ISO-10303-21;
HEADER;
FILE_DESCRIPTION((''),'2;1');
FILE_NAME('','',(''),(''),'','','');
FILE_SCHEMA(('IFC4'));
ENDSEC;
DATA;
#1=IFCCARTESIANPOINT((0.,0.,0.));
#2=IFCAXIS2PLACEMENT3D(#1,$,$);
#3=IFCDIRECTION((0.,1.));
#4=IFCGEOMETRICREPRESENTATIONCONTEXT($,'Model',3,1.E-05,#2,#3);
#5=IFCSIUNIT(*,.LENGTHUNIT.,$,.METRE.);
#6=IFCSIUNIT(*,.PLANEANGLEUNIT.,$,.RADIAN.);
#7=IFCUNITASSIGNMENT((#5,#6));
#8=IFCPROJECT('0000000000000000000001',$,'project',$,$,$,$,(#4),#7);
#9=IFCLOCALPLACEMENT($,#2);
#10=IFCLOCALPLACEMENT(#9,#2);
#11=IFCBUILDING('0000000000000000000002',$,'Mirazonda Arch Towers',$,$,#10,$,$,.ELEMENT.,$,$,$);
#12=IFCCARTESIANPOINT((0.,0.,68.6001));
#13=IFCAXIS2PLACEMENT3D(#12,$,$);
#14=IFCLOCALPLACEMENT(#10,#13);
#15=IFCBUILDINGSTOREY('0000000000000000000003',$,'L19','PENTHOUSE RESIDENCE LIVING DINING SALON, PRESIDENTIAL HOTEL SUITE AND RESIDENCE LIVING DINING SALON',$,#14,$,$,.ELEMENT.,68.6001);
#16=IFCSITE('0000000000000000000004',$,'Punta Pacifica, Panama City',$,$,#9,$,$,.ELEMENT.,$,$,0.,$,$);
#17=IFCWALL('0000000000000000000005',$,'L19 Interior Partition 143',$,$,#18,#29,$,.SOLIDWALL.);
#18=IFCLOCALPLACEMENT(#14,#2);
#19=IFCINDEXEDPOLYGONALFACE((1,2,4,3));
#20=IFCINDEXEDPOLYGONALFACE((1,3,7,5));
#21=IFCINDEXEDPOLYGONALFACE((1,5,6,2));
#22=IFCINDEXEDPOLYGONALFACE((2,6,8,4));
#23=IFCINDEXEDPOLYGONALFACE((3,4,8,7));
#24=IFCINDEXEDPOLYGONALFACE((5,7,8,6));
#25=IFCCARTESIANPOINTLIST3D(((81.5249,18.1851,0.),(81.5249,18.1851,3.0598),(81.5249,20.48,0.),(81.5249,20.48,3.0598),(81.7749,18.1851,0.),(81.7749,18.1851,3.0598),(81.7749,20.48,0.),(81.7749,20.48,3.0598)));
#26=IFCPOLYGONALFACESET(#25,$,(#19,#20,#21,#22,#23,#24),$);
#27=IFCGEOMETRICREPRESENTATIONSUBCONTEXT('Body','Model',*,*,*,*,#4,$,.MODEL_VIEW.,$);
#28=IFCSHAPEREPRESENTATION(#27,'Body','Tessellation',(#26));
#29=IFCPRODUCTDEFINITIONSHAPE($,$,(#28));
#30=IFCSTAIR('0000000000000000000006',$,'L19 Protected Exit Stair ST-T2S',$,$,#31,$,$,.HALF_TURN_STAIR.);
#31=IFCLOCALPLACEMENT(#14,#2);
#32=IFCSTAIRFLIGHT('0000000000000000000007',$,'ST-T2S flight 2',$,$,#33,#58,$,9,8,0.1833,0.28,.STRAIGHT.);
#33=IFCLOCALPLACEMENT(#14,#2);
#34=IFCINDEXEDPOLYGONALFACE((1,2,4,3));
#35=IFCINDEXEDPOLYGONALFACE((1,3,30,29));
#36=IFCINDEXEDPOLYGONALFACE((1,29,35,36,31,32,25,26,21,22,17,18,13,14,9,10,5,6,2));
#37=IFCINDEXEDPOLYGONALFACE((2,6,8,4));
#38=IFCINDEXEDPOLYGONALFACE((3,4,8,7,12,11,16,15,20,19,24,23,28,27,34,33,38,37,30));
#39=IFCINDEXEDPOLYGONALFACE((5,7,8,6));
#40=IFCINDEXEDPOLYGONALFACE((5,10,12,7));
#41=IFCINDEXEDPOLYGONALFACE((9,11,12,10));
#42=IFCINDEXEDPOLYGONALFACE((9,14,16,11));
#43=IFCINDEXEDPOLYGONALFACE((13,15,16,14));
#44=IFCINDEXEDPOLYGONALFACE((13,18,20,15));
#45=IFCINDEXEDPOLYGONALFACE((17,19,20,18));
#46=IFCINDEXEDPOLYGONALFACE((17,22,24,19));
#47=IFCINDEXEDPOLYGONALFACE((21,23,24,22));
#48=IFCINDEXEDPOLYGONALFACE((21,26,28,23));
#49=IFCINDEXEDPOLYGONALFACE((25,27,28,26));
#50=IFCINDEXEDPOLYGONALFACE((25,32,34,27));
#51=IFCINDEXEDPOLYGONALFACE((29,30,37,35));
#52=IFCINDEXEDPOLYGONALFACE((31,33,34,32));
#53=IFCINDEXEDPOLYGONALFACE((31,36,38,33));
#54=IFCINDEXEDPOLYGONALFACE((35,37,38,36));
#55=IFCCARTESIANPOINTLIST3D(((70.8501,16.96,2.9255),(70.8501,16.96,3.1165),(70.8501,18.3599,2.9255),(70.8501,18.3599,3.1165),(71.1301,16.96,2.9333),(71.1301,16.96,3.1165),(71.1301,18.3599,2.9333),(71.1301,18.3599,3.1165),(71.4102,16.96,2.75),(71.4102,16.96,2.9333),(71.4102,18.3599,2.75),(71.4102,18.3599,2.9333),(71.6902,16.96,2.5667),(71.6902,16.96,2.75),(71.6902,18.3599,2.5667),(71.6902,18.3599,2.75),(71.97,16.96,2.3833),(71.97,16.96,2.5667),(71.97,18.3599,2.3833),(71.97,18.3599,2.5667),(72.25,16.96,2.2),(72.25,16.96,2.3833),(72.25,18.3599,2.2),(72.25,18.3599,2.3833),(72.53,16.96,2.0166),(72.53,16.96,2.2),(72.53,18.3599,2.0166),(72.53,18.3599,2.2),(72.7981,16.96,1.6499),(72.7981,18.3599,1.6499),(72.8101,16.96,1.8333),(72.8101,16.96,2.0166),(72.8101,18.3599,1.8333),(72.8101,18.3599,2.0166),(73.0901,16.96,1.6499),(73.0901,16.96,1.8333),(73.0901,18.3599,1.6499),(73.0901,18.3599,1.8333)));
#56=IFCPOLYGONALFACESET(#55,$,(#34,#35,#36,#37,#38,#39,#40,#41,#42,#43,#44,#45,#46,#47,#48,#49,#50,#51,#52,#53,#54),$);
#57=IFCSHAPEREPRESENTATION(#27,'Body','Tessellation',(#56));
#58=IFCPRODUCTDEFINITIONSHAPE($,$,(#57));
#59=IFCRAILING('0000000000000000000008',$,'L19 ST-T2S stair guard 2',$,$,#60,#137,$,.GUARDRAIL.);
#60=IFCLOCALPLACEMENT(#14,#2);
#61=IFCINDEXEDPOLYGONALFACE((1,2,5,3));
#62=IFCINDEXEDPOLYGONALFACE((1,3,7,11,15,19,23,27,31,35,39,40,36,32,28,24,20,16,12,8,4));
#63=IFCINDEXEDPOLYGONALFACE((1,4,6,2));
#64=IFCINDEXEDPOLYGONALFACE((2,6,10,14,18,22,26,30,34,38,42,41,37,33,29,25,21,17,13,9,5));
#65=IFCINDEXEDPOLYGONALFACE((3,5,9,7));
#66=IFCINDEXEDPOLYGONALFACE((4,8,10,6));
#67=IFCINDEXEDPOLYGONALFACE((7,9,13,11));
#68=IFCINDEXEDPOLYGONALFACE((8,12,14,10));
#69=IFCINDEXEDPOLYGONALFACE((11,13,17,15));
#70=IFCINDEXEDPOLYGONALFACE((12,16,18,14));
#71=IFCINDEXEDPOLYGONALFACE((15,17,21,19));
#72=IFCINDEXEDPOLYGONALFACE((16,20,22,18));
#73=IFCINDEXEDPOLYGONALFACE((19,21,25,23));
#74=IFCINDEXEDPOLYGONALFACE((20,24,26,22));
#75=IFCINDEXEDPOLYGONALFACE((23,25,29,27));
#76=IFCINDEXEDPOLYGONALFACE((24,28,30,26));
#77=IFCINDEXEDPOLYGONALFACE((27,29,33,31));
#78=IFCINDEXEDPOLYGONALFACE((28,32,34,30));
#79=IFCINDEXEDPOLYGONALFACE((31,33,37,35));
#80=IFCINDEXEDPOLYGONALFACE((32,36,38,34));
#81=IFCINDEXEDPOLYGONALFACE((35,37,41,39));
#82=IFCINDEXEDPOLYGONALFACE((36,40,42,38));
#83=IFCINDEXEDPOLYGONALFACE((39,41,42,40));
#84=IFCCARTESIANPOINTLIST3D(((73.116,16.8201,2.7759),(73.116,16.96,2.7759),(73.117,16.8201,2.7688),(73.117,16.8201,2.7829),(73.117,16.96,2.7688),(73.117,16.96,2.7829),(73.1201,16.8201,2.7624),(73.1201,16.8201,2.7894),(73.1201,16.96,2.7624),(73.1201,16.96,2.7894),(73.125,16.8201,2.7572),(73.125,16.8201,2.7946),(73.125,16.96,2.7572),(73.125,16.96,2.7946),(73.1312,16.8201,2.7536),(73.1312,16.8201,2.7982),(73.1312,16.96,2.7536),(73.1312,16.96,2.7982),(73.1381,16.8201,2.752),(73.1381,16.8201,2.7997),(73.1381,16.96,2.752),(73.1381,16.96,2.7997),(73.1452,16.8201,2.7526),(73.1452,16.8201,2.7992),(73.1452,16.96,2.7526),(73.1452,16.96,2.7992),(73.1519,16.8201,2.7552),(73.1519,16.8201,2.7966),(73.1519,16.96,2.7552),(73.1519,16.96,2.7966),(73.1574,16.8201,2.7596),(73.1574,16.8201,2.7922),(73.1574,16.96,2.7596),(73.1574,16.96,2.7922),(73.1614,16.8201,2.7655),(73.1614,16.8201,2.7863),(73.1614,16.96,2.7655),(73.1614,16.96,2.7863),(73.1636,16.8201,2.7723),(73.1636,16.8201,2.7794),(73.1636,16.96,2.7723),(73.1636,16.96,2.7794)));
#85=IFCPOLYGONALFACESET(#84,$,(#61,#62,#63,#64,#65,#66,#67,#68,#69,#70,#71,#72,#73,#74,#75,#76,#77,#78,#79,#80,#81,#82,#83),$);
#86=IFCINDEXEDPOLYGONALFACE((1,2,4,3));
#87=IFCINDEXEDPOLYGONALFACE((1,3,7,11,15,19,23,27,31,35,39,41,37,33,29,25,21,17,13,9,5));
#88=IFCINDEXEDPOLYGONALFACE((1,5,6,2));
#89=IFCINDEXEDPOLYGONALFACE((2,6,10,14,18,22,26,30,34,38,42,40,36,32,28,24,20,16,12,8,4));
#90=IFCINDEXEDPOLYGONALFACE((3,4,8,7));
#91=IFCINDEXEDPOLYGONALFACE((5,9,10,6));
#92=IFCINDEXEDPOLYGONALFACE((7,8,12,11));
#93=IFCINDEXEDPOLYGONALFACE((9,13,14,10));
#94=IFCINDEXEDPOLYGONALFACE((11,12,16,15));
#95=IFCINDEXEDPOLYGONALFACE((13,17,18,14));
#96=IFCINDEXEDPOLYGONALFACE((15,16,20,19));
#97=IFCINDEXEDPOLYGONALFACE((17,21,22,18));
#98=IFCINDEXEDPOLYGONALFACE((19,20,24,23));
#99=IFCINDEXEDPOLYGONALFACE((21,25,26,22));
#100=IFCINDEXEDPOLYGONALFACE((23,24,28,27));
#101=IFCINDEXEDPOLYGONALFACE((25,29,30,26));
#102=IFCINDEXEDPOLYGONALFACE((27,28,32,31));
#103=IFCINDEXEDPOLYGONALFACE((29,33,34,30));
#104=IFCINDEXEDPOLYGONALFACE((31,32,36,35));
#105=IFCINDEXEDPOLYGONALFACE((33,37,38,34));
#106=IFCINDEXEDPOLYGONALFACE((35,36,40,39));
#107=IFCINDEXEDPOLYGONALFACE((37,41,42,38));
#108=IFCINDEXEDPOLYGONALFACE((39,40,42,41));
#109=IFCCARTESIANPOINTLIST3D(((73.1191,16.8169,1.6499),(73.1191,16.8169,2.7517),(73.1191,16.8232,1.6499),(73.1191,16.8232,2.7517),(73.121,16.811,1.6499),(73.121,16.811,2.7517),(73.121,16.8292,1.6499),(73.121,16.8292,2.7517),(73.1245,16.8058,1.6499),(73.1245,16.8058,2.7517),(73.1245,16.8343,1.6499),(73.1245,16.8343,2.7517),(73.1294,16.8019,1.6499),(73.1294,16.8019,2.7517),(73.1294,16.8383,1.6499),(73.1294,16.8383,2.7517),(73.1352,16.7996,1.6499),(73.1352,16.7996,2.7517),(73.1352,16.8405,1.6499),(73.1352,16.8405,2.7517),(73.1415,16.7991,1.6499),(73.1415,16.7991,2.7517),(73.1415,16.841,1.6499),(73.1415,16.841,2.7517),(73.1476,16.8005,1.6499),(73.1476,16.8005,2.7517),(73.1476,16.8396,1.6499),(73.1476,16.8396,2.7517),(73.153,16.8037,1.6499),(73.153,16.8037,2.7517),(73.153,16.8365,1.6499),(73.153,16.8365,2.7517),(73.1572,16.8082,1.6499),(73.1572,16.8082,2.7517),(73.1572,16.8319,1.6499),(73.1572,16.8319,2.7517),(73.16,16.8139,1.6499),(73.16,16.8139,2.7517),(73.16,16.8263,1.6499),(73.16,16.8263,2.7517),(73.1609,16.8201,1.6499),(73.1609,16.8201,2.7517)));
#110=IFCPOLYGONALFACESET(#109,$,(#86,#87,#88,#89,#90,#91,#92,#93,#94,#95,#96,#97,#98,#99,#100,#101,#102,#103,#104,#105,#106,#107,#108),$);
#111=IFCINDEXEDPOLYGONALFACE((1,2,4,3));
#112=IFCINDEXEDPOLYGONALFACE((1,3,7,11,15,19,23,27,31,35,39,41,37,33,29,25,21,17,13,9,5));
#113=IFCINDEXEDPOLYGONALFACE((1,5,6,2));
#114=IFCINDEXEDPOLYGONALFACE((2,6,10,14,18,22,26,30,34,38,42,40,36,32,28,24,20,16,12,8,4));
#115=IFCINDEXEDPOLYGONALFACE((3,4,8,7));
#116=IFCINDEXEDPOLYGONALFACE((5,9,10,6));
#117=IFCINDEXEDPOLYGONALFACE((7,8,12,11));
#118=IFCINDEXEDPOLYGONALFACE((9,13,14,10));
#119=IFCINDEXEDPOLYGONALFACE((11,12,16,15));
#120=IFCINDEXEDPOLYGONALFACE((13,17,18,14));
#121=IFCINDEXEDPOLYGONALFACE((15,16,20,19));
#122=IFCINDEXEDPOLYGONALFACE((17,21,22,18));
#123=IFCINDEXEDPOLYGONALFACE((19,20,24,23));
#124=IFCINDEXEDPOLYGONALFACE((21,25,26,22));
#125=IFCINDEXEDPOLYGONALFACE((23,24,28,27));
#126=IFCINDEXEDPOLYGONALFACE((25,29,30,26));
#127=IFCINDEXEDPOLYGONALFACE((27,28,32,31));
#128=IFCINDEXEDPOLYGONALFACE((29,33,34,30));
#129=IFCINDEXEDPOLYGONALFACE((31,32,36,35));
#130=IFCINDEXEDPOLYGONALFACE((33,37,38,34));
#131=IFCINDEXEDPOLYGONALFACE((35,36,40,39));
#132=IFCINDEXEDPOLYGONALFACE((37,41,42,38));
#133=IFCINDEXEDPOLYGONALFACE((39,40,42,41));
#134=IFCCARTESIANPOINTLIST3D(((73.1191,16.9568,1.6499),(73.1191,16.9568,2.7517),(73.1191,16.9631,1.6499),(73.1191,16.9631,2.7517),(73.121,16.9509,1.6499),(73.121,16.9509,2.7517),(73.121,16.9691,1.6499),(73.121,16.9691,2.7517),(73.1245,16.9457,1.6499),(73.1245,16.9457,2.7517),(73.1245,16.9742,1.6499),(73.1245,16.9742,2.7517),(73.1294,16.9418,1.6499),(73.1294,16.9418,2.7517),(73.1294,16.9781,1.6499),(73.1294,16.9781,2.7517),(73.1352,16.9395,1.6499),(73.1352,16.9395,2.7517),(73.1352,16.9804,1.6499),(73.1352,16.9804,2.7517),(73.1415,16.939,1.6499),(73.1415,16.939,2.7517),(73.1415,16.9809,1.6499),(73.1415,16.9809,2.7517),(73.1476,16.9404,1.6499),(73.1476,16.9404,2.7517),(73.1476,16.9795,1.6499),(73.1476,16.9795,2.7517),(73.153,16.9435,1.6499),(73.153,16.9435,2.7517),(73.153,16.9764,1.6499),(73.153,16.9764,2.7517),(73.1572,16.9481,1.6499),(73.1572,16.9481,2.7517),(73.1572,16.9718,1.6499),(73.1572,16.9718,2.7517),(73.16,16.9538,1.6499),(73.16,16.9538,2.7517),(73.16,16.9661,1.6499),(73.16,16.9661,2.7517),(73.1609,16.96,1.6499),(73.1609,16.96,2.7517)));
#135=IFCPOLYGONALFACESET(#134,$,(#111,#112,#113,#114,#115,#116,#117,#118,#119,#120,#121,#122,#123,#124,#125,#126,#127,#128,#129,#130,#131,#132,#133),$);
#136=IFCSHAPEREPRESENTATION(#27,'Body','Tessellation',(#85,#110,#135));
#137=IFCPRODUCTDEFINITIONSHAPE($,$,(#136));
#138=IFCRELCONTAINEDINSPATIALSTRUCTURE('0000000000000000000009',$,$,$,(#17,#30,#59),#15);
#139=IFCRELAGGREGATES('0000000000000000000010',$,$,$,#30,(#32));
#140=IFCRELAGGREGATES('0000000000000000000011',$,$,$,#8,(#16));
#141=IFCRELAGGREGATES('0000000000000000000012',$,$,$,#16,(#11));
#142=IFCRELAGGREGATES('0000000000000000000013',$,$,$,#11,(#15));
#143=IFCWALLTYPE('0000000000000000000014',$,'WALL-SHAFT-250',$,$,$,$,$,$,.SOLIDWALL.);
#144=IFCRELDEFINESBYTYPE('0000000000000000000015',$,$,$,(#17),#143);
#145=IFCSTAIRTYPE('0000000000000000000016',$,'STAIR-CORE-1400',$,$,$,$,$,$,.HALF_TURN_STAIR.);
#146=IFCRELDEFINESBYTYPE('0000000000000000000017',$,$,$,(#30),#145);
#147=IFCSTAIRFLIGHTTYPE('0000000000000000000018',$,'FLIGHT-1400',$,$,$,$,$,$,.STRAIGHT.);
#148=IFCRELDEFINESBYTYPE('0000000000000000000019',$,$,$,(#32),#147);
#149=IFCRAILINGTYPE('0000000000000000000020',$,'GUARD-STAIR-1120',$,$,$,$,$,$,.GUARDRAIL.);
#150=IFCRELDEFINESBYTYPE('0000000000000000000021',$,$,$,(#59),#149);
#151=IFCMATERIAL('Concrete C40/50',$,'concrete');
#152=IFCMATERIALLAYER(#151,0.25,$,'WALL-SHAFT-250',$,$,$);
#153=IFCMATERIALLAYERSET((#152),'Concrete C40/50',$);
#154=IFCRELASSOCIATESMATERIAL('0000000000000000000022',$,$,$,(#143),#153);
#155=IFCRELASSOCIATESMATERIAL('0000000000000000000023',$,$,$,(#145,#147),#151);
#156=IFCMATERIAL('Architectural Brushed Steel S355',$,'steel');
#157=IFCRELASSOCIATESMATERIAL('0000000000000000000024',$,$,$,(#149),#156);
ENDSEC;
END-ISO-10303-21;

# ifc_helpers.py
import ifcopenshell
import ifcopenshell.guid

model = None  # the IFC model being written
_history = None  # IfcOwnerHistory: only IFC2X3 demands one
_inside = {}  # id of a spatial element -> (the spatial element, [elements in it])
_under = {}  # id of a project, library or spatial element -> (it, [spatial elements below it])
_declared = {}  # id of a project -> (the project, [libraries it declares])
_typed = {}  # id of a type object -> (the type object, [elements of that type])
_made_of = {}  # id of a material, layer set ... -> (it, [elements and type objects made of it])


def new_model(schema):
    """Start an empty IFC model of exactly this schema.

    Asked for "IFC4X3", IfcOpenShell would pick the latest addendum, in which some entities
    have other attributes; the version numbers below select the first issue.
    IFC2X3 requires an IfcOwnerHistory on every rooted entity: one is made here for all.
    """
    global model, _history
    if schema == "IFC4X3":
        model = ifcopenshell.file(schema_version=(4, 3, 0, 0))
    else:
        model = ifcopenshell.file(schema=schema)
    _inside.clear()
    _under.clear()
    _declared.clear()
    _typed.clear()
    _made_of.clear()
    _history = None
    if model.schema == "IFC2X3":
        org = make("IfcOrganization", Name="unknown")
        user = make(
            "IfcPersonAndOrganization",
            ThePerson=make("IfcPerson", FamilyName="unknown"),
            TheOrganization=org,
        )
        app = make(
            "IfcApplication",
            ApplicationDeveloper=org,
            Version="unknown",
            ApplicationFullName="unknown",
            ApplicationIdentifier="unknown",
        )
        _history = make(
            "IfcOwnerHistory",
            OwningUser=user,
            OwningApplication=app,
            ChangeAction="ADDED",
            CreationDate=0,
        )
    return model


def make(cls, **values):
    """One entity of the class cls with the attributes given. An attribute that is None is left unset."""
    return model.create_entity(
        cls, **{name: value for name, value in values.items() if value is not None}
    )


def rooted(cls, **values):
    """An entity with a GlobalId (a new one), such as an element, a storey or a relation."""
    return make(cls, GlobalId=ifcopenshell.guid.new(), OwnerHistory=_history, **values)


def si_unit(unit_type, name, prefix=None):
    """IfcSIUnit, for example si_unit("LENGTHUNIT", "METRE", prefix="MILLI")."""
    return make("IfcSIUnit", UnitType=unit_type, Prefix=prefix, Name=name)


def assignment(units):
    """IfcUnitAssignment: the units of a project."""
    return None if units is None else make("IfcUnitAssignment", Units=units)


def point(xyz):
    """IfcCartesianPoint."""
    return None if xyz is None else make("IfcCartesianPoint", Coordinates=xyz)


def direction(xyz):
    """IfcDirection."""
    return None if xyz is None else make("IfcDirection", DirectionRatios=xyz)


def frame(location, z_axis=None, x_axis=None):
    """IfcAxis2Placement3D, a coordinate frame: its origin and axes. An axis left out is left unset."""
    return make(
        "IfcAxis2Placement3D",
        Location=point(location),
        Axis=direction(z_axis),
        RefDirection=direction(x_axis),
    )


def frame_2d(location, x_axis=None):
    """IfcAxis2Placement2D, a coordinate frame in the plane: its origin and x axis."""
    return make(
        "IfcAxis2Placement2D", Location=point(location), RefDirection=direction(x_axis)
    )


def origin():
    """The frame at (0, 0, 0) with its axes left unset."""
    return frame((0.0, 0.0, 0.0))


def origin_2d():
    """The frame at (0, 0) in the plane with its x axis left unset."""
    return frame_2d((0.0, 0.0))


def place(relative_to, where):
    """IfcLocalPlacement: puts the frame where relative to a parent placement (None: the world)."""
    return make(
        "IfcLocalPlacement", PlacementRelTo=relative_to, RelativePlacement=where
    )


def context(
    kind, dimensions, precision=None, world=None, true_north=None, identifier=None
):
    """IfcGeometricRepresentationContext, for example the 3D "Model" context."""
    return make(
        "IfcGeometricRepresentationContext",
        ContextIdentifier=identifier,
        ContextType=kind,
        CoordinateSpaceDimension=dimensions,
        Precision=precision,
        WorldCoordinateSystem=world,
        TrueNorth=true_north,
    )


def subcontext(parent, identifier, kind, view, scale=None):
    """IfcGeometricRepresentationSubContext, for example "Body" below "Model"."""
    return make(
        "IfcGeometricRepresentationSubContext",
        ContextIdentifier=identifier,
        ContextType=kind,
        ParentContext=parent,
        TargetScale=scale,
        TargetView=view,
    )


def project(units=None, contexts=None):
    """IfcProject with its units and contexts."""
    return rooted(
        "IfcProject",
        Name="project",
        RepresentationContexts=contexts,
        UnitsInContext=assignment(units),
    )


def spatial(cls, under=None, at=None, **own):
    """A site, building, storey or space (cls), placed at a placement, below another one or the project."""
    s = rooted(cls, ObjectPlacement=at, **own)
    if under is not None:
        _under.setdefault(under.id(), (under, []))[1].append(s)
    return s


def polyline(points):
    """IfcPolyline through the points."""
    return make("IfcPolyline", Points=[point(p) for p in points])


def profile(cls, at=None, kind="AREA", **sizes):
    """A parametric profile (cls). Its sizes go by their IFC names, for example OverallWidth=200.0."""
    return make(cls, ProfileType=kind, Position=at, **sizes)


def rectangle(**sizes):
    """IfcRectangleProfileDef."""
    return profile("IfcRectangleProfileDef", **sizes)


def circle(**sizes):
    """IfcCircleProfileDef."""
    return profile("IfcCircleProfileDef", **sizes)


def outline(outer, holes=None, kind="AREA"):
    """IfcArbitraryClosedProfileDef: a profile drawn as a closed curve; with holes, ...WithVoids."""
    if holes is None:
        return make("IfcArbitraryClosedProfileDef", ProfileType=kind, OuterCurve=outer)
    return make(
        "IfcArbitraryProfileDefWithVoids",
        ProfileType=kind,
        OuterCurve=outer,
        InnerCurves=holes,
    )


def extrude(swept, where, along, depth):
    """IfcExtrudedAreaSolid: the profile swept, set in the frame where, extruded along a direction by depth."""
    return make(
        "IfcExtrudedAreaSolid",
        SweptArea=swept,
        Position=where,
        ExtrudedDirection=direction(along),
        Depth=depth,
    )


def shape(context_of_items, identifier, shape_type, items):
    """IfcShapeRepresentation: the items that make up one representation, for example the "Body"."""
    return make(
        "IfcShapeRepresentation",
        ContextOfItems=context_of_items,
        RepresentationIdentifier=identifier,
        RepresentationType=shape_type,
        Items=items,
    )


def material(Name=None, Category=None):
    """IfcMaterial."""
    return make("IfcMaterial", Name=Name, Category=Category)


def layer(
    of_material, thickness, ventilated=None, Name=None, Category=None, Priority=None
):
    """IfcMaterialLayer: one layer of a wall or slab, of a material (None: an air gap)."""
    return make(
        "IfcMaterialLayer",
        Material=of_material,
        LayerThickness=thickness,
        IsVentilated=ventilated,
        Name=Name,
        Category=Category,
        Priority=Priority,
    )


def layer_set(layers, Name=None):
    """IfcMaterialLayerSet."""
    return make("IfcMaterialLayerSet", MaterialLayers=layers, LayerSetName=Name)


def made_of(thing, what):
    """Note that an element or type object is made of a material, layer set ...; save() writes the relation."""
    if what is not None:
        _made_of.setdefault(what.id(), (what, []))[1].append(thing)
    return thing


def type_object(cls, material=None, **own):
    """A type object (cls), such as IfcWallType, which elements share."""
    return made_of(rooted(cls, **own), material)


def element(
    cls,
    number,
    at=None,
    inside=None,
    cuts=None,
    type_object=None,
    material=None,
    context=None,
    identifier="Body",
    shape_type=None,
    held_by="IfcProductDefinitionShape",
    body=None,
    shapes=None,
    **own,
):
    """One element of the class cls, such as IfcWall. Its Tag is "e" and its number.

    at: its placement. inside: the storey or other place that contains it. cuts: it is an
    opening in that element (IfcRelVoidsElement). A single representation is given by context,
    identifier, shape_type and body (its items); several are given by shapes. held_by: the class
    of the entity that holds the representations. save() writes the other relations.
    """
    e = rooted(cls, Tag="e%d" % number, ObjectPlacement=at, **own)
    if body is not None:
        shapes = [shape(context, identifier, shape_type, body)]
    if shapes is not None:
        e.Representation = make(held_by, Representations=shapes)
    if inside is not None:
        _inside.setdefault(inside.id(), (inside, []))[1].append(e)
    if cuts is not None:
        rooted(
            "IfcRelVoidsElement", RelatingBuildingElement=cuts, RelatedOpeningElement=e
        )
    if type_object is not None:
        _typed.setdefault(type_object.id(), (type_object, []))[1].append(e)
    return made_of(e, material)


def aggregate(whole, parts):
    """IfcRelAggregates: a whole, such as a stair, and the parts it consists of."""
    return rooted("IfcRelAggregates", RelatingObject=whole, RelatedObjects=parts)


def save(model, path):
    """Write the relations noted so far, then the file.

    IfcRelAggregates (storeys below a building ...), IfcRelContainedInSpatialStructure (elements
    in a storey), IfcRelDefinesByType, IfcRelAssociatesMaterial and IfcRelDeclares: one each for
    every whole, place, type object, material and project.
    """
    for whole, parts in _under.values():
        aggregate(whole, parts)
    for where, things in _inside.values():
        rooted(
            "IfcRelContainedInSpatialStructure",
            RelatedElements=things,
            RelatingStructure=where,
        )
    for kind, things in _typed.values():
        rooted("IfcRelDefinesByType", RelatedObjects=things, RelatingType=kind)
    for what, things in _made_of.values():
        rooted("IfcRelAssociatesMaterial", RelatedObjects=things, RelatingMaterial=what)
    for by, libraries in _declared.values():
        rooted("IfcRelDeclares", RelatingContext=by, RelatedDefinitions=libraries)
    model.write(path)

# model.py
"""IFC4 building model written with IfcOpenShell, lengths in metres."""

from ifc_helpers import new_model, si_unit, direction, frame, frame_2d, origin, origin_2d, place, context, subcontext, project, spatial, polyline, rectangle, circle, outline, extrude, material, layer, layer_set, type_object, element, aggregate, save


model = new_model("IFC4")

# Units and contexts
model_context = context("Model", 3, precision=1e-05, world=origin(), true_north=direction((0.0, 1.0)))
body_context = subcontext(model_context, "Body", "Model", "MODEL_VIEW")
ifc_project = project(units=[si_unit("LENGTHUNIT", "METRE"), si_unit("PLANEANGLEUNIT", "RADIAN")], contexts=[model_context])

# Site, building, storey
site_placement = place(None, origin())
site = spatial("IfcSite", under=ifc_project, at=site_placement, Name="Punta Pacifica, Panama City", CompositionType="ELEMENT", RefElevation=0.0)
building_placement = place(site_placement, origin())
building = spatial("IfcBuilding", under=site, at=building_placement, Name="Mirazonda Arch Towers", CompositionType="ELEMENT")
storey_placement = place(building_placement, frame((0.0, 0.0, 68.6001)))
storey = spatial("IfcBuildingStorey", under=building, at=storey_placement, Name="L19", Description="PENTHOUSE RESIDENCE LIVING DINING SALON, PRESIDENTIAL HOTEL SUITE AND RESIDENCE LIVING DINING SALON", CompositionType="ELEMENT", Elevation=68.6001)

# Wall
ifc_material_1 = material(Name="Concrete C40/50", Category="concrete")
ifc_layer_1 = layer(ifc_material_1, 0.25, Name="WALL-SHAFT-250")
ifc_layer_set_1 = layer_set([ifc_layer_1], Name="Concrete C40/50")
wall_type_1 = type_object("IfcWallType", Name="WALL-SHAFT-250", PredefinedType="SOLIDWALL", material=ifc_layer_set_1)
wall_1_placement = place(storey_placement, frame((81.6499, 18.1851, 0.0), z_axis=(0.0, 0.0, 1.0), x_axis=(0.0, 1.0, 0.0)))
element("IfcWall", 1, at=wall_1_placement, inside=storey, type_object=wall_type_1, Name="L19 Interior Partition 143", PredefinedType="SOLIDWALL", context=body_context, shape_type="SweptSolid", body=[
    extrude(rectangle(XDim=2.2949, YDim=0.25, at=frame_2d((1.1475, 0.0))), origin(), (0.0, 0.0, 1.0), 3.0598),
])

# Stair, stair flight
stair_type = type_object("IfcStairType", Name="STAIR-CORE-1400", PredefinedType="HALF_TURN_STAIR", material=ifc_material_1)
stair_placement = place(storey_placement, origin())
stair = element("IfcStair", 2, at=stair_placement, inside=storey, type_object=stair_type, Name="L19 Protected Exit Stair ST-T2S", PredefinedType="HALF_TURN_STAIR")
stair_flight_type = type_object("IfcStairFlightType", Name="FLIGHT-1400", PredefinedType="STRAIGHT", material=ifc_material_1)
stair_flight_placement = place(storey_placement, frame((73.0901, 17.6599, 1.6499), z_axis=(0.0, 0.0, 1.0), x_axis=(-1.0, 0.0, 0.0)))
stair_flight = element("IfcStairFlight", 3, at=stair_flight_placement, type_object=stair_flight_type, Name="ST-T2S flight 2", NumberOfRisers=9, NumberOfTreads=8, PredefinedType="STRAIGHT", RiserHeight=0.1833, TreadLength=0.28, context=body_context, shape_type="SweptSolid", body=[
    extrude(outline(polyline([(0.0, 0.0), (0.0, 0.1833), (0.28, 0.1833), (0.28, 0.3667), (0.5601, 0.3667), (0.5601, 0.55), (0.8401, 0.55), (0.8401, 0.7334), (1.1201, 0.7334), (1.1201, 0.9167), (1.3999, 0.9167), (1.3999, 1.1001), (1.6799, 1.1001), (1.6799, 1.2834), (1.96, 1.2834), (1.96, 1.4666), (2.24, 1.4666), (2.24, 1.6499), (2.24, 1.2756), (0.292, 0.0), (0.0, 0.0)])), frame((0.0, 0.7, 0.0), z_axis=(0.0, -1.0, 0.0), x_axis=(1.0, 0.0, 0.0)), (0.0, 0.0, 1.0), 1.3999),
])
aggregate(stair, [stair_flight])

# Railing
ifc_material_2 = material(Name="Architectural Brushed Steel S355", Category="steel")
railing_type_1 = type_object("IfcRailingType", Name="GUARD-STAIR-1120", PredefinedType="GUARDRAIL", material=ifc_material_2)
railing_1_placement = place(storey_placement, frame((73.1399, 16.8201, 1.6499)))
element("IfcRailing", 4, at=railing_1_placement, inside=storey, type_object=railing_type_1, Name="L19 ST-T2S stair guard 2", PredefinedType="GUARDRAIL", context=body_context, shape_type="SweptSolid", body=[
    extrude(circle(Radius=0.0239, at=origin_2d()), frame((0.0, 0.0, 1.126), z_axis=(0.0, 1.0, 0.0), x_axis=(-1.0, 0.0, 0.0)), (0.0, 0.0, 1.0), 0.1399),
    extrude(circle(Radius=0.021, at=origin_2d()), origin(), (0.0, 0.0, 1.0), 1.1018),
    extrude(circle(Radius=0.021, at=origin_2d()), frame((0.0, 0.1399, 0.0)), (0.0, 0.0, 1.0), 1.1018),
])

save(model, "model.ifc")
